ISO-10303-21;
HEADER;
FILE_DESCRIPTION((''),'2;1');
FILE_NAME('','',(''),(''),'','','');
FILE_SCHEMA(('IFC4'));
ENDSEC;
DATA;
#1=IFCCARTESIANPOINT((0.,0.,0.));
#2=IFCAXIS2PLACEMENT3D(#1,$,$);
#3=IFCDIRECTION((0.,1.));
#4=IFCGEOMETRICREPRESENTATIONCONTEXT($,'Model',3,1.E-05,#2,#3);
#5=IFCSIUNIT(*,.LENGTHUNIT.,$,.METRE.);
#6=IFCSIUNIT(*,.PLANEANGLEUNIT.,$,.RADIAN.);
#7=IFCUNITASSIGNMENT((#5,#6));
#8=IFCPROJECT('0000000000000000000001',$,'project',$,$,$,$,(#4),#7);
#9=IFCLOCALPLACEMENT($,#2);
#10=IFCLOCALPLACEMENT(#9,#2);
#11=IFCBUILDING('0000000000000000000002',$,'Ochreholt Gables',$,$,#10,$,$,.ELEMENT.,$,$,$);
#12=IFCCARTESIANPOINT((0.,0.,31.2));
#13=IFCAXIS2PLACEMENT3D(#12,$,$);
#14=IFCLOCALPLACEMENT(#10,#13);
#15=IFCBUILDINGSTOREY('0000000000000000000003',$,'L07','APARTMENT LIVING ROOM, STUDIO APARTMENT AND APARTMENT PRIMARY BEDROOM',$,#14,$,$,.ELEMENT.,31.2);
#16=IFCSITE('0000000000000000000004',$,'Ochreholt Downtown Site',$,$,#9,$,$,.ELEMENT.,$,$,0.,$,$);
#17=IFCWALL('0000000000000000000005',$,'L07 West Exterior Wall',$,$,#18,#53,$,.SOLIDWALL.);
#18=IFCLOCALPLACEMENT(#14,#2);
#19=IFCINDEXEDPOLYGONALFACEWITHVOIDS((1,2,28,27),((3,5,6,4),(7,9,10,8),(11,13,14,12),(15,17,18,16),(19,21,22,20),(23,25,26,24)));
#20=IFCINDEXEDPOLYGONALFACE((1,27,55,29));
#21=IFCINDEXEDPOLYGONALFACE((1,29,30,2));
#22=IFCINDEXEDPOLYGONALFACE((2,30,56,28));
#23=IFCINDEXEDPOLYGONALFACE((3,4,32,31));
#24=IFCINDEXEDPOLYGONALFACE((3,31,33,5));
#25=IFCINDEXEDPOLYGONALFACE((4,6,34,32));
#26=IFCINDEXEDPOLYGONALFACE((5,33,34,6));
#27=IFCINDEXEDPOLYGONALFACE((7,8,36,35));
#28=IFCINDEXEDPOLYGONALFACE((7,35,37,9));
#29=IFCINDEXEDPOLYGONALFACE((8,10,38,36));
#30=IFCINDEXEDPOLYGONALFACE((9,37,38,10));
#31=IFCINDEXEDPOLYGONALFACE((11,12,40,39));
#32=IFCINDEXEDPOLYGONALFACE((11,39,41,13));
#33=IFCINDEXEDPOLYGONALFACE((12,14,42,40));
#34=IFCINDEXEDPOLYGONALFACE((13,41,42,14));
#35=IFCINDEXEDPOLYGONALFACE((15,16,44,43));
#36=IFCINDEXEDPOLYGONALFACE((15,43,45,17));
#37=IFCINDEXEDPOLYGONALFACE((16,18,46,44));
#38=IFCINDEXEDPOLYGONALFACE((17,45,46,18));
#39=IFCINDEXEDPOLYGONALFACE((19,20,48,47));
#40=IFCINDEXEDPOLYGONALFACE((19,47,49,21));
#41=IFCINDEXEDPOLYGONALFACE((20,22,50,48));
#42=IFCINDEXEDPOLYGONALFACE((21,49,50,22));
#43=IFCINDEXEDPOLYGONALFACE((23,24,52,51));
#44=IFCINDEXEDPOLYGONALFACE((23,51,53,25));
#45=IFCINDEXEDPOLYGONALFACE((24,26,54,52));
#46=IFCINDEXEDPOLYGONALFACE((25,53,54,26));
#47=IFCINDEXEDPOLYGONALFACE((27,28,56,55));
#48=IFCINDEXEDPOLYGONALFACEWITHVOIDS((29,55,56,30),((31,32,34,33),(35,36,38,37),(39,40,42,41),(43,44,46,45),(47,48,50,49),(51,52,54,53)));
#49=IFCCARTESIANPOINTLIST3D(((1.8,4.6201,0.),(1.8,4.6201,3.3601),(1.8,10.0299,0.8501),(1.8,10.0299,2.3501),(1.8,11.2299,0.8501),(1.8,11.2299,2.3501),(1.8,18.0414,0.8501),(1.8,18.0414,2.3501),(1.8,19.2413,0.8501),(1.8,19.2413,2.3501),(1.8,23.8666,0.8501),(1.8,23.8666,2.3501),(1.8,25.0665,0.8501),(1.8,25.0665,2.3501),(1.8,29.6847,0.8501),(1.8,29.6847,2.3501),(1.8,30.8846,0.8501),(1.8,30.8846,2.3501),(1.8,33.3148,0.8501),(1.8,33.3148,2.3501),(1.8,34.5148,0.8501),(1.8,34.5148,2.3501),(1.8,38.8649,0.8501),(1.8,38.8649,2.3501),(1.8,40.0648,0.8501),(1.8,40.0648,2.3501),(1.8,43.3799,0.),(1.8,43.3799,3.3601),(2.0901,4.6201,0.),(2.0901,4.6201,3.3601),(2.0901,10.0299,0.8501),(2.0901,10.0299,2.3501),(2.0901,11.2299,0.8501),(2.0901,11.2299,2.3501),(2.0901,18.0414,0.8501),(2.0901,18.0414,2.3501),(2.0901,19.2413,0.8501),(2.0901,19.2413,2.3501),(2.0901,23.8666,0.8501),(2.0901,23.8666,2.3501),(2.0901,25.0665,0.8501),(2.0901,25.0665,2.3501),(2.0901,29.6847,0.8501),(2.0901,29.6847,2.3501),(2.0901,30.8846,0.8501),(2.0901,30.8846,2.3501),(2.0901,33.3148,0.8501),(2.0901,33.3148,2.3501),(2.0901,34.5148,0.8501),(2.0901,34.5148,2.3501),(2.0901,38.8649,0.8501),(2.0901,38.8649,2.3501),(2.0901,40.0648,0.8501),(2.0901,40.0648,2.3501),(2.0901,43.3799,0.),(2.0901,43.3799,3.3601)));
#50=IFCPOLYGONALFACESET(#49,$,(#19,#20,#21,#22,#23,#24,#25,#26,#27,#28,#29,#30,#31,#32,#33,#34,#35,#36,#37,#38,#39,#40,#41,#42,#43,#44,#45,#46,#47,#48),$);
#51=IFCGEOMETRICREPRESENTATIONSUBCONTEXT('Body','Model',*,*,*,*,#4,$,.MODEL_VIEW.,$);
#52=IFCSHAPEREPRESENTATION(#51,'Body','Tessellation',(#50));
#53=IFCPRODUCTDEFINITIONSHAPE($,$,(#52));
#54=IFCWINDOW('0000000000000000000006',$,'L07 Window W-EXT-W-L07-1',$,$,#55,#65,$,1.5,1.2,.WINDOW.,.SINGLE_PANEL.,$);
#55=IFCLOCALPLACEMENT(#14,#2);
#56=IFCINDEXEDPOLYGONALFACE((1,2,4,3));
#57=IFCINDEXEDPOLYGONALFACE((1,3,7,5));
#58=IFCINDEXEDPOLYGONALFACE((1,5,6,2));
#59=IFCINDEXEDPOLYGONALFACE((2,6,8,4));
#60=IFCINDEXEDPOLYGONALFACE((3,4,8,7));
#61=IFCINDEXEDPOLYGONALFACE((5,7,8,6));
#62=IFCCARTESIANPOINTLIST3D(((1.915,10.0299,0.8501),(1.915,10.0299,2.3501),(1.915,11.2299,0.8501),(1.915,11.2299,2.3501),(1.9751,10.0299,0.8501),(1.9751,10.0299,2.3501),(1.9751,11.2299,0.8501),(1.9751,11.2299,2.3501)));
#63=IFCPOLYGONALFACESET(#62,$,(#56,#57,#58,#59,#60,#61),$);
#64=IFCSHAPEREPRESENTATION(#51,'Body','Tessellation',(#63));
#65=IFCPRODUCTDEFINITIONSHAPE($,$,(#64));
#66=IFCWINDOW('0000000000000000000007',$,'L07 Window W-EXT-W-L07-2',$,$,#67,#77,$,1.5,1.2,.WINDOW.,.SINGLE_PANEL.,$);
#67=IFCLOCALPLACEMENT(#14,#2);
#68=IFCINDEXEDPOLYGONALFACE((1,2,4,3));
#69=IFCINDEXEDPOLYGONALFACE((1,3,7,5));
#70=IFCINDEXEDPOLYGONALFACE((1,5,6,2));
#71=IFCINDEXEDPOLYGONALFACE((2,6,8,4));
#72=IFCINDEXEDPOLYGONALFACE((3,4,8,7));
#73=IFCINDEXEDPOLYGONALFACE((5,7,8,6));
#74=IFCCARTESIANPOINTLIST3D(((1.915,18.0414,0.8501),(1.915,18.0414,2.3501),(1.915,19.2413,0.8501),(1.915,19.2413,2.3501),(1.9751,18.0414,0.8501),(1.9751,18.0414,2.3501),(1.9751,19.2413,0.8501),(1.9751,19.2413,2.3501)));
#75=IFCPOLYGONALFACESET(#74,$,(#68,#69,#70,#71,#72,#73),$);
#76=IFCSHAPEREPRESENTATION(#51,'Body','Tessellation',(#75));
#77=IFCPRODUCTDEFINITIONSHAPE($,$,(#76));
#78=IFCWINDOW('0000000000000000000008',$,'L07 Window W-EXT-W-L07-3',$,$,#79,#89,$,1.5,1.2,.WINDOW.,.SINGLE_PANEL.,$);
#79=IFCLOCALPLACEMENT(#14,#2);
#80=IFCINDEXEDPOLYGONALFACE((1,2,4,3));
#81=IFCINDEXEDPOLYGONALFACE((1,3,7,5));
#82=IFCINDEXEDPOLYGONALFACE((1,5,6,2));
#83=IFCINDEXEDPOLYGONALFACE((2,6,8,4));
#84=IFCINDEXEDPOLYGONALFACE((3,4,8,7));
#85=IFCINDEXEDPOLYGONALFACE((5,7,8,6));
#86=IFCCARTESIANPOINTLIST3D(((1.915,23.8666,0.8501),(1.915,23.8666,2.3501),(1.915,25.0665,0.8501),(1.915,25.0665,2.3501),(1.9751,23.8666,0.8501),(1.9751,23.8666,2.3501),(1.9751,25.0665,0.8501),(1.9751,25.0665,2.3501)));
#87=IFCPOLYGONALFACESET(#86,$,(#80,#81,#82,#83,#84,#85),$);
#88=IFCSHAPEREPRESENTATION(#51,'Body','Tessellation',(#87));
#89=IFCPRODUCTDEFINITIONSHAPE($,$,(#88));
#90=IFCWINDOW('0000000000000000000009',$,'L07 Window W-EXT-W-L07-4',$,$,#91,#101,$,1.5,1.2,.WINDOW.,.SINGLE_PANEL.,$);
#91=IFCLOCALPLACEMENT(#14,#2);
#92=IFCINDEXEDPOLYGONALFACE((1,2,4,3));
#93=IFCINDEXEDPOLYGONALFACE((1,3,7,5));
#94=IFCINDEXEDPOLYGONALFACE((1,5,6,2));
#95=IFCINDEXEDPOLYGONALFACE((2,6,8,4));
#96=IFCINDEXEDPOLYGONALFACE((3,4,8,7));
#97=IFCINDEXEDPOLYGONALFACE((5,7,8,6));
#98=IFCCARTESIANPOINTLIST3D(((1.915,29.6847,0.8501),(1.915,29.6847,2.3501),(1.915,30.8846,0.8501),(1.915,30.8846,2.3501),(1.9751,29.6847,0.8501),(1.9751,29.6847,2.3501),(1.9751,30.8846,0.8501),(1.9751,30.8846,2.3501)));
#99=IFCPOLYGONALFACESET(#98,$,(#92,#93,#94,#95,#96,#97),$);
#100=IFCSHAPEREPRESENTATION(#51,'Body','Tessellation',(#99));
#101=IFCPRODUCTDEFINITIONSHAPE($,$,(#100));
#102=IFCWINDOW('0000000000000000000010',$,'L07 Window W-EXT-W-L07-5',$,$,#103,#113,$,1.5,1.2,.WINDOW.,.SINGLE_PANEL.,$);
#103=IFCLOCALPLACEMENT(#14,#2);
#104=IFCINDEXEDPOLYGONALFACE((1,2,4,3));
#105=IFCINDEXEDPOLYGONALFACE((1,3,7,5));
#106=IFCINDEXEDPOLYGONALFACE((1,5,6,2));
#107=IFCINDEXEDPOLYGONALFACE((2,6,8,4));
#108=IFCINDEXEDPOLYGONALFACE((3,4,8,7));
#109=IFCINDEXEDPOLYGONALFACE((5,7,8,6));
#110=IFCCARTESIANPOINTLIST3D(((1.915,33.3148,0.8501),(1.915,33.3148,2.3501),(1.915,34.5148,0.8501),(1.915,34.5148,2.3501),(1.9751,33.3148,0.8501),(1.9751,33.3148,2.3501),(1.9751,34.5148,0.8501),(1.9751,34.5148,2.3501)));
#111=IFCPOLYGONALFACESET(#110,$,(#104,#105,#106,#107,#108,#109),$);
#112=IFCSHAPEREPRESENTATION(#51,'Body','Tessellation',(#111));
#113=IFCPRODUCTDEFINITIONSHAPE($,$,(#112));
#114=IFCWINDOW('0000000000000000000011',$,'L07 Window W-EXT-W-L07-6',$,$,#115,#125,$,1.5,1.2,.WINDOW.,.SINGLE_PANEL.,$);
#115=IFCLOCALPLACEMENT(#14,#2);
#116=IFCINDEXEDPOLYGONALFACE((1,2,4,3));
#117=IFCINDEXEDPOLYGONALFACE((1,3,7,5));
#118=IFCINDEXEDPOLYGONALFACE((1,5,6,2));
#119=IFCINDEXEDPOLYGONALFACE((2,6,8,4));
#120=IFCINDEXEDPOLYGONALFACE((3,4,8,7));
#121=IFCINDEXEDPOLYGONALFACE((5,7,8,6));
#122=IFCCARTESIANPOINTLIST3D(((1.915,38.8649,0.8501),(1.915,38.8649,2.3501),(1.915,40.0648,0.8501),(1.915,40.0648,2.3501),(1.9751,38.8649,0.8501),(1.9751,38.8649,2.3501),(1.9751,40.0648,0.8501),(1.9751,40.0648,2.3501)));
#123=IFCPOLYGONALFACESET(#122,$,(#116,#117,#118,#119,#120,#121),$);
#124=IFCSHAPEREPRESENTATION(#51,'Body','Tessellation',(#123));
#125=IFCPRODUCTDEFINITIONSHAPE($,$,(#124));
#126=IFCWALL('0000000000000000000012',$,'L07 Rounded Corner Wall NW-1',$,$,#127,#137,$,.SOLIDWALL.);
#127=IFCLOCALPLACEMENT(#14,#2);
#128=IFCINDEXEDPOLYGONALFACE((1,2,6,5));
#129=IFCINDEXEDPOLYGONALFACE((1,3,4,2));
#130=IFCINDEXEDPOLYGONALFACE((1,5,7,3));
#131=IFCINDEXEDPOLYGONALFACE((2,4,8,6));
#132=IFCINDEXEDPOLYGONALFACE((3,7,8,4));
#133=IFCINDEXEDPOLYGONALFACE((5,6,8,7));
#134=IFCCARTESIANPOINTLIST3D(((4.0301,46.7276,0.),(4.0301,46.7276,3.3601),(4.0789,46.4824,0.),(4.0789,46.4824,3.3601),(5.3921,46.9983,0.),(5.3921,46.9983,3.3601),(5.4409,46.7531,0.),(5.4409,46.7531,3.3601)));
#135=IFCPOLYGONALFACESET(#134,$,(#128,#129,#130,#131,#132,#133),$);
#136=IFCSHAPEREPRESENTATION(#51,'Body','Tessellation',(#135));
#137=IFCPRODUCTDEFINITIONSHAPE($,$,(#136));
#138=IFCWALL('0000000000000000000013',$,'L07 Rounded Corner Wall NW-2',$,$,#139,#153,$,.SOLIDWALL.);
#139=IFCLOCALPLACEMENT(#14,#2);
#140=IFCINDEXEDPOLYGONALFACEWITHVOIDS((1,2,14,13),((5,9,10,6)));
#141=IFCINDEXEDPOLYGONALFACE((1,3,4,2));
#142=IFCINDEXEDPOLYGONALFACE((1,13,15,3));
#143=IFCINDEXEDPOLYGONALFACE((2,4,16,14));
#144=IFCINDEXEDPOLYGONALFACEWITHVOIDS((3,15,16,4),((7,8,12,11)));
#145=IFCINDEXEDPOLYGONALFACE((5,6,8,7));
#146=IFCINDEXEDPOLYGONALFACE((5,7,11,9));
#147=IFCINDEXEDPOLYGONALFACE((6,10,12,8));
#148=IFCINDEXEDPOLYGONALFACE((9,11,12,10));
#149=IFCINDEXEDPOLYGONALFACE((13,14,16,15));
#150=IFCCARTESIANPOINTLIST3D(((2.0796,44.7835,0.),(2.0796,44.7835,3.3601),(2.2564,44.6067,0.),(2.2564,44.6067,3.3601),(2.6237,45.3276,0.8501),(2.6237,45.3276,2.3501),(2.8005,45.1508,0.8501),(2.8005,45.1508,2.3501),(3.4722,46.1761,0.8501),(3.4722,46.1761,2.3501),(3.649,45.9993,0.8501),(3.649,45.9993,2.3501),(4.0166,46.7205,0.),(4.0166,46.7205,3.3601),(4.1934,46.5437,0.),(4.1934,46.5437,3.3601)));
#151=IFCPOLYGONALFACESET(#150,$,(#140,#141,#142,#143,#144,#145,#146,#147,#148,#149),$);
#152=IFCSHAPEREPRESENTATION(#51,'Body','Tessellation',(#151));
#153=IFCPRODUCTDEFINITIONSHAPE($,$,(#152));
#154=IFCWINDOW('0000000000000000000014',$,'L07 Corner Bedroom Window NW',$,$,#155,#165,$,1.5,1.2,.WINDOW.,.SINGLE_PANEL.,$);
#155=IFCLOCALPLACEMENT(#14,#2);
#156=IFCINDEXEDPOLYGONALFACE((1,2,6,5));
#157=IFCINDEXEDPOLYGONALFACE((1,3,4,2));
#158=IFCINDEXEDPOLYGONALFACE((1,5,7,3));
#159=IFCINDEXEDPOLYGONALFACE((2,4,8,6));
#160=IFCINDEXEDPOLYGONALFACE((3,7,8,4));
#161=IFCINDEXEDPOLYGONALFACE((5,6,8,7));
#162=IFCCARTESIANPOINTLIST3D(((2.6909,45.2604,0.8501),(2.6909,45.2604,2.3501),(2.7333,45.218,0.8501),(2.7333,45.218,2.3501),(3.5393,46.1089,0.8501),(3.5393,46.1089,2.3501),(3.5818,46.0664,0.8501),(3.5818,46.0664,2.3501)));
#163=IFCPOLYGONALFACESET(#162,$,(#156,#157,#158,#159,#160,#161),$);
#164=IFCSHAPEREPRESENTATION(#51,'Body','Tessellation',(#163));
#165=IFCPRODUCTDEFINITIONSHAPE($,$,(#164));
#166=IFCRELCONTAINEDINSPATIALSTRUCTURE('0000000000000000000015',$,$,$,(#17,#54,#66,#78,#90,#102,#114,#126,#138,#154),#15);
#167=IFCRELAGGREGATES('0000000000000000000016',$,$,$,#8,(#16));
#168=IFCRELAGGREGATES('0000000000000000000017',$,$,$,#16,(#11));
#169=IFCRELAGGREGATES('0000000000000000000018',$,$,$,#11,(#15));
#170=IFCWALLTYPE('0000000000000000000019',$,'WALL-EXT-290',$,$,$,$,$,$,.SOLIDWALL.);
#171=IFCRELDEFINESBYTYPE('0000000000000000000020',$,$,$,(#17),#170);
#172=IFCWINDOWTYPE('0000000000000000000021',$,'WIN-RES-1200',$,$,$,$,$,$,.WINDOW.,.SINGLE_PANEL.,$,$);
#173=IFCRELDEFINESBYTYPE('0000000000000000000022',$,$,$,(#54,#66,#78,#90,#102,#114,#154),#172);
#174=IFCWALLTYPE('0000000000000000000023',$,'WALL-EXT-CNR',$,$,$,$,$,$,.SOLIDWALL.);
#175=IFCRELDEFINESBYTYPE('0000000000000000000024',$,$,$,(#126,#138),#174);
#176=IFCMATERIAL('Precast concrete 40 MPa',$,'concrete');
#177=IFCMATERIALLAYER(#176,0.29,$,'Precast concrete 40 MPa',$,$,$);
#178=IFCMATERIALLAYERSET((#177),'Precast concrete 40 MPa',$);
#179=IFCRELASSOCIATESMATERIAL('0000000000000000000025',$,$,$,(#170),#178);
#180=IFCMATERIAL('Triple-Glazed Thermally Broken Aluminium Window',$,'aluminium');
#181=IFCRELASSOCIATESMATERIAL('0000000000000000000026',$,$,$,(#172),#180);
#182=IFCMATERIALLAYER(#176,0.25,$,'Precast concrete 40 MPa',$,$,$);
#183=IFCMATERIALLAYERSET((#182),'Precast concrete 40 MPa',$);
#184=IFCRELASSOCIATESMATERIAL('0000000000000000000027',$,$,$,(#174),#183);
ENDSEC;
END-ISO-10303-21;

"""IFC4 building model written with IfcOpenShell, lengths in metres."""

from ifc_helpers import new_model, si_unit, direction, frame, frame_2d, origin, place, context, subcontext, project, spatial, rectangle, extrude, material, layer, layer_set, type_object, element, fill, save


model = new_model("IFC4")

# Units and contexts
model_context = context("Model", 3, precision=1e-05, world=origin(), true_north=direction((0.0, 1.0)))
body_context = subcontext(model_context, "Body", "Model", "MODEL_VIEW")
ifc_project = project(units=[si_unit("LENGTHUNIT", "METRE"), si_unit("PLANEANGLEUNIT", "RADIAN")], contexts=[model_context])

# Site, building, storey
site_placement = place(None, origin())
site = spatial("IfcSite", under=ifc_project, at=site_placement, Name="Ochreholt Downtown Site", CompositionType="ELEMENT", RefElevation=0.0)
building_placement = place(site_placement, origin())
building = spatial("IfcBuilding", under=site, at=building_placement, Name="Ochreholt Gables", CompositionType="ELEMENT")
storey_placement = place(building_placement, frame((0.0, 0.0, 31.2)))
storey = spatial("IfcBuildingStorey", under=building, at=storey_placement, Name="L07", Description="APARTMENT LIVING ROOM, STUDIO APARTMENT AND APARTMENT PRIMARY BEDROOM", CompositionType="ELEMENT", Elevation=31.2)

# Wall, openings, windows
ifc_material_1 = material(Name="Precast concrete 40 MPa", Category="concrete")
ifc_layer_1 = layer(ifc_material_1, 0.29, Name="Precast concrete 40 MPa")
ifc_layer_set_1 = layer_set([ifc_layer_1], Name="Precast concrete 40 MPa")
wall_type_1 = type_object("IfcWallType", Name="WALL-EXT-290", PredefinedType="SOLIDWALL", material=ifc_layer_set_1)
wall_1_placement = place(storey_placement, frame((1.9451, 43.3799, 0.0), z_axis=(0.0, 0.0, 1.0), x_axis=(0.0, -1.0, 0.0)))
wall_1 = element("IfcWall", 1, at=wall_1_placement, inside=storey, type_object=wall_type_1, Name="L07 West Exterior Wall", PredefinedType="SOLIDWALL", context=body_context, shape_type="SweptSolid", body=[
    extrude(rectangle(XDim=38.7598, YDim=0.29, at=frame_2d((19.3799, 0.0))), origin(), (0.0, 0.0, 1.0), 3.3601),
])
opening_1_placement = place(wall_1_placement, frame((32.1499, 0.0, 0.8501)))
opening_1 = element("IfcOpeningElement", 2, at=opening_1_placement, cuts=wall_1, PredefinedType="OPENING", context=body_context, shape_type="SweptSolid", body=[
    extrude(rectangle(XDim=1.2, YDim=1.5, at=frame_2d((0.6001, 0.75))), frame((0.0, 0.155, 0.0), z_axis=(0.0, -1.0, 0.0), x_axis=(1.0, 0.0, 0.0)), (0.0, 0.0, 1.0), 0.3101),
])
opening_2_placement = place(wall_1_placement, frame((24.1384, 0.0, 0.8501)))
opening_2 = element("IfcOpeningElement", 3, at=opening_2_placement, cuts=wall_1, PredefinedType="OPENING", context=body_context, shape_type="SweptSolid", body=[
    extrude(rectangle(XDim=1.2, YDim=1.5, at=frame_2d((0.6001, 0.75))), frame((0.0, 0.155, 0.0), z_axis=(0.0, -1.0, 0.0), x_axis=(1.0, 0.0, 0.0)), (0.0, 0.0, 1.0), 0.3101),
])
opening_3_placement = place(wall_1_placement, frame((18.3132, 0.0, 0.8501)))
opening_3 = element("IfcOpeningElement", 4, at=opening_3_placement, cuts=wall_1, PredefinedType="OPENING", context=body_context, shape_type="SweptSolid", body=[
    extrude(rectangle(XDim=1.2, YDim=1.5, at=frame_2d((0.6001, 0.75))), frame((0.0, 0.155, 0.0), z_axis=(0.0, -1.0, 0.0), x_axis=(1.0, 0.0, 0.0)), (0.0, 0.0, 1.0), 0.3101),
])
opening_4_placement = place(wall_1_placement, frame((12.4951, 0.0, 0.8501)))
opening_4 = element("IfcOpeningElement", 5, at=opening_4_placement, cuts=wall_1, PredefinedType="OPENING", context=body_context, shape_type="SweptSolid", body=[
    extrude(rectangle(XDim=1.2, YDim=1.5, at=frame_2d((0.6001, 0.75))), frame((0.0, 0.155, 0.0), z_axis=(0.0, -1.0, 0.0), x_axis=(1.0, 0.0, 0.0)), (0.0, 0.0, 1.0), 0.3101),
])
opening_5_placement = place(wall_1_placement, frame((8.865, 0.0, 0.8501)))
opening_5 = element("IfcOpeningElement", 6, at=opening_5_placement, cuts=wall_1, PredefinedType="OPENING", context=body_context, shape_type="SweptSolid", body=[
    extrude(rectangle(XDim=1.2, YDim=1.5, at=frame_2d((0.6001, 0.75))), frame((0.0, 0.155, 0.0), z_axis=(0.0, -1.0, 0.0), x_axis=(1.0, 0.0, 0.0)), (0.0, 0.0, 1.0), 0.3101),
])
opening_6_placement = place(wall_1_placement, frame((3.3149, 0.0, 0.8501)))
opening_6 = element("IfcOpeningElement", 7, at=opening_6_placement, cuts=wall_1, PredefinedType="OPENING", context=body_context, shape_type="SweptSolid", body=[
    extrude(rectangle(XDim=1.2, YDim=1.5, at=frame_2d((0.6001, 0.75))), frame((0.0, 0.155, 0.0), z_axis=(0.0, -1.0, 0.0), x_axis=(1.0, 0.0, 0.0)), (0.0, 0.0, 1.0), 0.3101),
])
ifc_material_2 = material(Name="Triple-Glazed Thermally Broken Aluminium Window", Category="aluminium")
window_type = type_object("IfcWindowType", Name="WIN-RES-1200", PartitioningType="SINGLE_PANEL", PredefinedType="WINDOW", material=ifc_material_2)
window_1_placement = place(opening_1_placement, origin())
window_1 = element("IfcWindow", 8, at=window_1_placement, inside=storey, type_object=window_type, Name="L07 Window W-EXT-W-L07-1", OverallHeight=1.5, OverallWidth=1.2, PartitioningType="SINGLE_PANEL", PredefinedType="WINDOW", context=body_context, shape_type="SweptSolid", body=[
    extrude(rectangle(XDim=1.2, YDim=1.5, at=frame_2d((0.6001, 0.75))), frame((0.0, 0.03, 0.0), z_axis=(0.0, -1.0, 0.0), x_axis=(1.0, 0.0, 0.0)), (0.0, 0.0, 1.0), 0.0601),
])
fill(opening_1, window_1)
window_2_placement = place(opening_2_placement, origin())
window_2 = element("IfcWindow", 9, at=window_2_placement, inside=storey, type_object=window_type, Name="L07 Window W-EXT-W-L07-2", OverallHeight=1.5, OverallWidth=1.2, PartitioningType="SINGLE_PANEL", PredefinedType="WINDOW", context=body_context, shape_type="SweptSolid", body=[
    extrude(rectangle(XDim=1.2, YDim=1.5, at=frame_2d((0.6001, 0.75))), frame((0.0, 0.03, 0.0), z_axis=(0.0, -1.0, 0.0), x_axis=(1.0, 0.0, 0.0)), (0.0, 0.0, 1.0), 0.0601),
])
fill(opening_2, window_2)
window_3_placement = place(opening_3_placement, origin())
window_3 = element("IfcWindow", 10, at=window_3_placement, inside=storey, type_object=window_type, Name="L07 Window W-EXT-W-L07-3", OverallHeight=1.5, OverallWidth=1.2, PartitioningType="SINGLE_PANEL", PredefinedType="WINDOW", context=body_context, shape_type="SweptSolid", body=[
    extrude(rectangle(XDim=1.2, YDim=1.5, at=frame_2d((0.6001, 0.75))), frame((0.0, 0.03, 0.0), z_axis=(0.0, -1.0, 0.0), x_axis=(1.0, 0.0, 0.0)), (0.0, 0.0, 1.0), 0.0601),
])
fill(opening_3, window_3)
window_4_placement = place(opening_4_placement, origin())
window_4 = element("IfcWindow", 11, at=window_4_placement, inside=storey, type_object=window_type, Name="L07 Window W-EXT-W-L07-4", OverallHeight=1.5, OverallWidth=1.2, PartitioningType="SINGLE_PANEL", PredefinedType="WINDOW", context=body_context, shape_type="SweptSolid", body=[
    extrude(rectangle(XDim=1.2, YDim=1.5, at=frame_2d((0.6001, 0.75))), frame((0.0, 0.03, 0.0), z_axis=(0.0, -1.0, 0.0), x_axis=(1.0, 0.0, 0.0)), (0.0, 0.0, 1.0), 0.0601),
])
fill(opening_4, window_4)
window_5_placement = place(opening_5_placement, origin())
window_5 = element("IfcWindow", 12, at=window_5_placement, inside=storey, type_object=window_type, Name="L07 Window W-EXT-W-L07-5", OverallHeight=1.5, OverallWidth=1.2, PartitioningType="SINGLE_PANEL", PredefinedType="WINDOW", context=body_context, shape_type="SweptSolid", body=[
    extrude(rectangle(XDim=1.2, YDim=1.5, at=frame_2d((0.6001, 0.75))), frame((0.0, 0.03, 0.0), z_axis=(0.0, -1.0, 0.0), x_axis=(1.0, 0.0, 0.0)), (0.0, 0.0, 1.0), 0.0601),
])
fill(opening_5, window_5)
window_6_placement = place(opening_6_placement, origin())
window_6 = element("IfcWindow", 13, at=window_6_placement, inside=storey, type_object=window_type, Name="L07 Window W-EXT-W-L07-6", OverallHeight=1.5, OverallWidth=1.2, PartitioningType="SINGLE_PANEL", PredefinedType="WINDOW", context=body_context, shape_type="SweptSolid", body=[
    extrude(rectangle(XDim=1.2, YDim=1.5, at=frame_2d((0.6001, 0.75))), frame((0.0, 0.03, 0.0), z_axis=(0.0, -1.0, 0.0), x_axis=(1.0, 0.0, 0.0)), (0.0, 0.0, 1.0), 0.0601),
])
fill(opening_6, window_6)

# Wall
ifc_layer_2 = layer(ifc_material_1, 0.25, Name="Precast concrete 40 MPa")
ifc_layer_set_2 = layer_set([ifc_layer_2], Name="Precast concrete 40 MPa")
wall_type_2 = type_object("IfcWallType", Name="WALL-EXT-CNR", PredefinedType="SOLIDWALL", material=ifc_layer_set_2)
wall_2_placement = place(storey_placement, frame((5.4165, 46.8757, 0.0), z_axis=(0.0, 0.0, 1.0), x_axis=(-0.98081, -0.194967, 0.0)))
element("IfcWall", 14, at=wall_2_placement, inside=storey, type_object=wall_type_2, Name="L07 Rounded Corner Wall NW-1", PredefinedType="SOLIDWALL", context=body_context, shape_type="SweptSolid", body=[
    extrude(rectangle(XDim=1.3887, YDim=0.25, at=frame_2d((0.6943, 0.0))), origin(), (0.0, 0.0, 1.0), 3.3601),
])

# Wall, opening, window
wall_3_placement = place(storey_placement, frame((4.105, 46.6321, 0.0), z_axis=(0.0, 0.0, 1.0), x_axis=(-0.707107, -0.707107, 0.0)))
wall_3 = element("IfcWall", 15, at=wall_3_placement, inside=storey, type_object=wall_type_2, Name="L07 Rounded Corner Wall NW-2", PredefinedType="SOLIDWALL", context=body_context, shape_type="SweptSolid", body=[
    extrude(rectangle(XDim=2.7393, YDim=0.25, at=frame_2d((1.3696, 0.0))), origin(), (0.0, 0.0, 1.0), 3.3601),
])
opening_7_placement = place(wall_3_placement, frame((0.7698, 0.0, 0.8501)))
opening_7 = element("IfcOpeningElement", 16, at=opening_7_placement, cuts=wall_3, PredefinedType="OPENING", context=body_context, shape_type="SweptSolid", body=[
    extrude(rectangle(XDim=1.2, YDim=1.5, at=frame_2d((0.6001, 0.75))), frame((0.0, 0.135, 0.0), z_axis=(0.0, -1.0, 0.0), x_axis=(1.0, 0.0, 0.0)), (0.0, 0.0, 1.0), 0.27),
])
window_7_placement = place(opening_7_placement, origin())
window_7 = element("IfcWindow", 17, at=window_7_placement, inside=storey, type_object=window_type, Name="L07 Corner Bedroom Window NW", OverallHeight=1.5, OverallWidth=1.2, PartitioningType="SINGLE_PANEL", PredefinedType="WINDOW", context=body_context, shape_type="SweptSolid", body=[
    extrude(rectangle(XDim=1.2, YDim=1.5, at=frame_2d((0.6001, 0.75))), frame((0.0, 0.03, 0.0), z_axis=(0.0, -1.0, 0.0), x_axis=(1.0, 0.0, 0.0)), (0.0, 0.0, 1.0), 0.0601),
])
fill(opening_7, window_7)

save(model, "model.ifc")
